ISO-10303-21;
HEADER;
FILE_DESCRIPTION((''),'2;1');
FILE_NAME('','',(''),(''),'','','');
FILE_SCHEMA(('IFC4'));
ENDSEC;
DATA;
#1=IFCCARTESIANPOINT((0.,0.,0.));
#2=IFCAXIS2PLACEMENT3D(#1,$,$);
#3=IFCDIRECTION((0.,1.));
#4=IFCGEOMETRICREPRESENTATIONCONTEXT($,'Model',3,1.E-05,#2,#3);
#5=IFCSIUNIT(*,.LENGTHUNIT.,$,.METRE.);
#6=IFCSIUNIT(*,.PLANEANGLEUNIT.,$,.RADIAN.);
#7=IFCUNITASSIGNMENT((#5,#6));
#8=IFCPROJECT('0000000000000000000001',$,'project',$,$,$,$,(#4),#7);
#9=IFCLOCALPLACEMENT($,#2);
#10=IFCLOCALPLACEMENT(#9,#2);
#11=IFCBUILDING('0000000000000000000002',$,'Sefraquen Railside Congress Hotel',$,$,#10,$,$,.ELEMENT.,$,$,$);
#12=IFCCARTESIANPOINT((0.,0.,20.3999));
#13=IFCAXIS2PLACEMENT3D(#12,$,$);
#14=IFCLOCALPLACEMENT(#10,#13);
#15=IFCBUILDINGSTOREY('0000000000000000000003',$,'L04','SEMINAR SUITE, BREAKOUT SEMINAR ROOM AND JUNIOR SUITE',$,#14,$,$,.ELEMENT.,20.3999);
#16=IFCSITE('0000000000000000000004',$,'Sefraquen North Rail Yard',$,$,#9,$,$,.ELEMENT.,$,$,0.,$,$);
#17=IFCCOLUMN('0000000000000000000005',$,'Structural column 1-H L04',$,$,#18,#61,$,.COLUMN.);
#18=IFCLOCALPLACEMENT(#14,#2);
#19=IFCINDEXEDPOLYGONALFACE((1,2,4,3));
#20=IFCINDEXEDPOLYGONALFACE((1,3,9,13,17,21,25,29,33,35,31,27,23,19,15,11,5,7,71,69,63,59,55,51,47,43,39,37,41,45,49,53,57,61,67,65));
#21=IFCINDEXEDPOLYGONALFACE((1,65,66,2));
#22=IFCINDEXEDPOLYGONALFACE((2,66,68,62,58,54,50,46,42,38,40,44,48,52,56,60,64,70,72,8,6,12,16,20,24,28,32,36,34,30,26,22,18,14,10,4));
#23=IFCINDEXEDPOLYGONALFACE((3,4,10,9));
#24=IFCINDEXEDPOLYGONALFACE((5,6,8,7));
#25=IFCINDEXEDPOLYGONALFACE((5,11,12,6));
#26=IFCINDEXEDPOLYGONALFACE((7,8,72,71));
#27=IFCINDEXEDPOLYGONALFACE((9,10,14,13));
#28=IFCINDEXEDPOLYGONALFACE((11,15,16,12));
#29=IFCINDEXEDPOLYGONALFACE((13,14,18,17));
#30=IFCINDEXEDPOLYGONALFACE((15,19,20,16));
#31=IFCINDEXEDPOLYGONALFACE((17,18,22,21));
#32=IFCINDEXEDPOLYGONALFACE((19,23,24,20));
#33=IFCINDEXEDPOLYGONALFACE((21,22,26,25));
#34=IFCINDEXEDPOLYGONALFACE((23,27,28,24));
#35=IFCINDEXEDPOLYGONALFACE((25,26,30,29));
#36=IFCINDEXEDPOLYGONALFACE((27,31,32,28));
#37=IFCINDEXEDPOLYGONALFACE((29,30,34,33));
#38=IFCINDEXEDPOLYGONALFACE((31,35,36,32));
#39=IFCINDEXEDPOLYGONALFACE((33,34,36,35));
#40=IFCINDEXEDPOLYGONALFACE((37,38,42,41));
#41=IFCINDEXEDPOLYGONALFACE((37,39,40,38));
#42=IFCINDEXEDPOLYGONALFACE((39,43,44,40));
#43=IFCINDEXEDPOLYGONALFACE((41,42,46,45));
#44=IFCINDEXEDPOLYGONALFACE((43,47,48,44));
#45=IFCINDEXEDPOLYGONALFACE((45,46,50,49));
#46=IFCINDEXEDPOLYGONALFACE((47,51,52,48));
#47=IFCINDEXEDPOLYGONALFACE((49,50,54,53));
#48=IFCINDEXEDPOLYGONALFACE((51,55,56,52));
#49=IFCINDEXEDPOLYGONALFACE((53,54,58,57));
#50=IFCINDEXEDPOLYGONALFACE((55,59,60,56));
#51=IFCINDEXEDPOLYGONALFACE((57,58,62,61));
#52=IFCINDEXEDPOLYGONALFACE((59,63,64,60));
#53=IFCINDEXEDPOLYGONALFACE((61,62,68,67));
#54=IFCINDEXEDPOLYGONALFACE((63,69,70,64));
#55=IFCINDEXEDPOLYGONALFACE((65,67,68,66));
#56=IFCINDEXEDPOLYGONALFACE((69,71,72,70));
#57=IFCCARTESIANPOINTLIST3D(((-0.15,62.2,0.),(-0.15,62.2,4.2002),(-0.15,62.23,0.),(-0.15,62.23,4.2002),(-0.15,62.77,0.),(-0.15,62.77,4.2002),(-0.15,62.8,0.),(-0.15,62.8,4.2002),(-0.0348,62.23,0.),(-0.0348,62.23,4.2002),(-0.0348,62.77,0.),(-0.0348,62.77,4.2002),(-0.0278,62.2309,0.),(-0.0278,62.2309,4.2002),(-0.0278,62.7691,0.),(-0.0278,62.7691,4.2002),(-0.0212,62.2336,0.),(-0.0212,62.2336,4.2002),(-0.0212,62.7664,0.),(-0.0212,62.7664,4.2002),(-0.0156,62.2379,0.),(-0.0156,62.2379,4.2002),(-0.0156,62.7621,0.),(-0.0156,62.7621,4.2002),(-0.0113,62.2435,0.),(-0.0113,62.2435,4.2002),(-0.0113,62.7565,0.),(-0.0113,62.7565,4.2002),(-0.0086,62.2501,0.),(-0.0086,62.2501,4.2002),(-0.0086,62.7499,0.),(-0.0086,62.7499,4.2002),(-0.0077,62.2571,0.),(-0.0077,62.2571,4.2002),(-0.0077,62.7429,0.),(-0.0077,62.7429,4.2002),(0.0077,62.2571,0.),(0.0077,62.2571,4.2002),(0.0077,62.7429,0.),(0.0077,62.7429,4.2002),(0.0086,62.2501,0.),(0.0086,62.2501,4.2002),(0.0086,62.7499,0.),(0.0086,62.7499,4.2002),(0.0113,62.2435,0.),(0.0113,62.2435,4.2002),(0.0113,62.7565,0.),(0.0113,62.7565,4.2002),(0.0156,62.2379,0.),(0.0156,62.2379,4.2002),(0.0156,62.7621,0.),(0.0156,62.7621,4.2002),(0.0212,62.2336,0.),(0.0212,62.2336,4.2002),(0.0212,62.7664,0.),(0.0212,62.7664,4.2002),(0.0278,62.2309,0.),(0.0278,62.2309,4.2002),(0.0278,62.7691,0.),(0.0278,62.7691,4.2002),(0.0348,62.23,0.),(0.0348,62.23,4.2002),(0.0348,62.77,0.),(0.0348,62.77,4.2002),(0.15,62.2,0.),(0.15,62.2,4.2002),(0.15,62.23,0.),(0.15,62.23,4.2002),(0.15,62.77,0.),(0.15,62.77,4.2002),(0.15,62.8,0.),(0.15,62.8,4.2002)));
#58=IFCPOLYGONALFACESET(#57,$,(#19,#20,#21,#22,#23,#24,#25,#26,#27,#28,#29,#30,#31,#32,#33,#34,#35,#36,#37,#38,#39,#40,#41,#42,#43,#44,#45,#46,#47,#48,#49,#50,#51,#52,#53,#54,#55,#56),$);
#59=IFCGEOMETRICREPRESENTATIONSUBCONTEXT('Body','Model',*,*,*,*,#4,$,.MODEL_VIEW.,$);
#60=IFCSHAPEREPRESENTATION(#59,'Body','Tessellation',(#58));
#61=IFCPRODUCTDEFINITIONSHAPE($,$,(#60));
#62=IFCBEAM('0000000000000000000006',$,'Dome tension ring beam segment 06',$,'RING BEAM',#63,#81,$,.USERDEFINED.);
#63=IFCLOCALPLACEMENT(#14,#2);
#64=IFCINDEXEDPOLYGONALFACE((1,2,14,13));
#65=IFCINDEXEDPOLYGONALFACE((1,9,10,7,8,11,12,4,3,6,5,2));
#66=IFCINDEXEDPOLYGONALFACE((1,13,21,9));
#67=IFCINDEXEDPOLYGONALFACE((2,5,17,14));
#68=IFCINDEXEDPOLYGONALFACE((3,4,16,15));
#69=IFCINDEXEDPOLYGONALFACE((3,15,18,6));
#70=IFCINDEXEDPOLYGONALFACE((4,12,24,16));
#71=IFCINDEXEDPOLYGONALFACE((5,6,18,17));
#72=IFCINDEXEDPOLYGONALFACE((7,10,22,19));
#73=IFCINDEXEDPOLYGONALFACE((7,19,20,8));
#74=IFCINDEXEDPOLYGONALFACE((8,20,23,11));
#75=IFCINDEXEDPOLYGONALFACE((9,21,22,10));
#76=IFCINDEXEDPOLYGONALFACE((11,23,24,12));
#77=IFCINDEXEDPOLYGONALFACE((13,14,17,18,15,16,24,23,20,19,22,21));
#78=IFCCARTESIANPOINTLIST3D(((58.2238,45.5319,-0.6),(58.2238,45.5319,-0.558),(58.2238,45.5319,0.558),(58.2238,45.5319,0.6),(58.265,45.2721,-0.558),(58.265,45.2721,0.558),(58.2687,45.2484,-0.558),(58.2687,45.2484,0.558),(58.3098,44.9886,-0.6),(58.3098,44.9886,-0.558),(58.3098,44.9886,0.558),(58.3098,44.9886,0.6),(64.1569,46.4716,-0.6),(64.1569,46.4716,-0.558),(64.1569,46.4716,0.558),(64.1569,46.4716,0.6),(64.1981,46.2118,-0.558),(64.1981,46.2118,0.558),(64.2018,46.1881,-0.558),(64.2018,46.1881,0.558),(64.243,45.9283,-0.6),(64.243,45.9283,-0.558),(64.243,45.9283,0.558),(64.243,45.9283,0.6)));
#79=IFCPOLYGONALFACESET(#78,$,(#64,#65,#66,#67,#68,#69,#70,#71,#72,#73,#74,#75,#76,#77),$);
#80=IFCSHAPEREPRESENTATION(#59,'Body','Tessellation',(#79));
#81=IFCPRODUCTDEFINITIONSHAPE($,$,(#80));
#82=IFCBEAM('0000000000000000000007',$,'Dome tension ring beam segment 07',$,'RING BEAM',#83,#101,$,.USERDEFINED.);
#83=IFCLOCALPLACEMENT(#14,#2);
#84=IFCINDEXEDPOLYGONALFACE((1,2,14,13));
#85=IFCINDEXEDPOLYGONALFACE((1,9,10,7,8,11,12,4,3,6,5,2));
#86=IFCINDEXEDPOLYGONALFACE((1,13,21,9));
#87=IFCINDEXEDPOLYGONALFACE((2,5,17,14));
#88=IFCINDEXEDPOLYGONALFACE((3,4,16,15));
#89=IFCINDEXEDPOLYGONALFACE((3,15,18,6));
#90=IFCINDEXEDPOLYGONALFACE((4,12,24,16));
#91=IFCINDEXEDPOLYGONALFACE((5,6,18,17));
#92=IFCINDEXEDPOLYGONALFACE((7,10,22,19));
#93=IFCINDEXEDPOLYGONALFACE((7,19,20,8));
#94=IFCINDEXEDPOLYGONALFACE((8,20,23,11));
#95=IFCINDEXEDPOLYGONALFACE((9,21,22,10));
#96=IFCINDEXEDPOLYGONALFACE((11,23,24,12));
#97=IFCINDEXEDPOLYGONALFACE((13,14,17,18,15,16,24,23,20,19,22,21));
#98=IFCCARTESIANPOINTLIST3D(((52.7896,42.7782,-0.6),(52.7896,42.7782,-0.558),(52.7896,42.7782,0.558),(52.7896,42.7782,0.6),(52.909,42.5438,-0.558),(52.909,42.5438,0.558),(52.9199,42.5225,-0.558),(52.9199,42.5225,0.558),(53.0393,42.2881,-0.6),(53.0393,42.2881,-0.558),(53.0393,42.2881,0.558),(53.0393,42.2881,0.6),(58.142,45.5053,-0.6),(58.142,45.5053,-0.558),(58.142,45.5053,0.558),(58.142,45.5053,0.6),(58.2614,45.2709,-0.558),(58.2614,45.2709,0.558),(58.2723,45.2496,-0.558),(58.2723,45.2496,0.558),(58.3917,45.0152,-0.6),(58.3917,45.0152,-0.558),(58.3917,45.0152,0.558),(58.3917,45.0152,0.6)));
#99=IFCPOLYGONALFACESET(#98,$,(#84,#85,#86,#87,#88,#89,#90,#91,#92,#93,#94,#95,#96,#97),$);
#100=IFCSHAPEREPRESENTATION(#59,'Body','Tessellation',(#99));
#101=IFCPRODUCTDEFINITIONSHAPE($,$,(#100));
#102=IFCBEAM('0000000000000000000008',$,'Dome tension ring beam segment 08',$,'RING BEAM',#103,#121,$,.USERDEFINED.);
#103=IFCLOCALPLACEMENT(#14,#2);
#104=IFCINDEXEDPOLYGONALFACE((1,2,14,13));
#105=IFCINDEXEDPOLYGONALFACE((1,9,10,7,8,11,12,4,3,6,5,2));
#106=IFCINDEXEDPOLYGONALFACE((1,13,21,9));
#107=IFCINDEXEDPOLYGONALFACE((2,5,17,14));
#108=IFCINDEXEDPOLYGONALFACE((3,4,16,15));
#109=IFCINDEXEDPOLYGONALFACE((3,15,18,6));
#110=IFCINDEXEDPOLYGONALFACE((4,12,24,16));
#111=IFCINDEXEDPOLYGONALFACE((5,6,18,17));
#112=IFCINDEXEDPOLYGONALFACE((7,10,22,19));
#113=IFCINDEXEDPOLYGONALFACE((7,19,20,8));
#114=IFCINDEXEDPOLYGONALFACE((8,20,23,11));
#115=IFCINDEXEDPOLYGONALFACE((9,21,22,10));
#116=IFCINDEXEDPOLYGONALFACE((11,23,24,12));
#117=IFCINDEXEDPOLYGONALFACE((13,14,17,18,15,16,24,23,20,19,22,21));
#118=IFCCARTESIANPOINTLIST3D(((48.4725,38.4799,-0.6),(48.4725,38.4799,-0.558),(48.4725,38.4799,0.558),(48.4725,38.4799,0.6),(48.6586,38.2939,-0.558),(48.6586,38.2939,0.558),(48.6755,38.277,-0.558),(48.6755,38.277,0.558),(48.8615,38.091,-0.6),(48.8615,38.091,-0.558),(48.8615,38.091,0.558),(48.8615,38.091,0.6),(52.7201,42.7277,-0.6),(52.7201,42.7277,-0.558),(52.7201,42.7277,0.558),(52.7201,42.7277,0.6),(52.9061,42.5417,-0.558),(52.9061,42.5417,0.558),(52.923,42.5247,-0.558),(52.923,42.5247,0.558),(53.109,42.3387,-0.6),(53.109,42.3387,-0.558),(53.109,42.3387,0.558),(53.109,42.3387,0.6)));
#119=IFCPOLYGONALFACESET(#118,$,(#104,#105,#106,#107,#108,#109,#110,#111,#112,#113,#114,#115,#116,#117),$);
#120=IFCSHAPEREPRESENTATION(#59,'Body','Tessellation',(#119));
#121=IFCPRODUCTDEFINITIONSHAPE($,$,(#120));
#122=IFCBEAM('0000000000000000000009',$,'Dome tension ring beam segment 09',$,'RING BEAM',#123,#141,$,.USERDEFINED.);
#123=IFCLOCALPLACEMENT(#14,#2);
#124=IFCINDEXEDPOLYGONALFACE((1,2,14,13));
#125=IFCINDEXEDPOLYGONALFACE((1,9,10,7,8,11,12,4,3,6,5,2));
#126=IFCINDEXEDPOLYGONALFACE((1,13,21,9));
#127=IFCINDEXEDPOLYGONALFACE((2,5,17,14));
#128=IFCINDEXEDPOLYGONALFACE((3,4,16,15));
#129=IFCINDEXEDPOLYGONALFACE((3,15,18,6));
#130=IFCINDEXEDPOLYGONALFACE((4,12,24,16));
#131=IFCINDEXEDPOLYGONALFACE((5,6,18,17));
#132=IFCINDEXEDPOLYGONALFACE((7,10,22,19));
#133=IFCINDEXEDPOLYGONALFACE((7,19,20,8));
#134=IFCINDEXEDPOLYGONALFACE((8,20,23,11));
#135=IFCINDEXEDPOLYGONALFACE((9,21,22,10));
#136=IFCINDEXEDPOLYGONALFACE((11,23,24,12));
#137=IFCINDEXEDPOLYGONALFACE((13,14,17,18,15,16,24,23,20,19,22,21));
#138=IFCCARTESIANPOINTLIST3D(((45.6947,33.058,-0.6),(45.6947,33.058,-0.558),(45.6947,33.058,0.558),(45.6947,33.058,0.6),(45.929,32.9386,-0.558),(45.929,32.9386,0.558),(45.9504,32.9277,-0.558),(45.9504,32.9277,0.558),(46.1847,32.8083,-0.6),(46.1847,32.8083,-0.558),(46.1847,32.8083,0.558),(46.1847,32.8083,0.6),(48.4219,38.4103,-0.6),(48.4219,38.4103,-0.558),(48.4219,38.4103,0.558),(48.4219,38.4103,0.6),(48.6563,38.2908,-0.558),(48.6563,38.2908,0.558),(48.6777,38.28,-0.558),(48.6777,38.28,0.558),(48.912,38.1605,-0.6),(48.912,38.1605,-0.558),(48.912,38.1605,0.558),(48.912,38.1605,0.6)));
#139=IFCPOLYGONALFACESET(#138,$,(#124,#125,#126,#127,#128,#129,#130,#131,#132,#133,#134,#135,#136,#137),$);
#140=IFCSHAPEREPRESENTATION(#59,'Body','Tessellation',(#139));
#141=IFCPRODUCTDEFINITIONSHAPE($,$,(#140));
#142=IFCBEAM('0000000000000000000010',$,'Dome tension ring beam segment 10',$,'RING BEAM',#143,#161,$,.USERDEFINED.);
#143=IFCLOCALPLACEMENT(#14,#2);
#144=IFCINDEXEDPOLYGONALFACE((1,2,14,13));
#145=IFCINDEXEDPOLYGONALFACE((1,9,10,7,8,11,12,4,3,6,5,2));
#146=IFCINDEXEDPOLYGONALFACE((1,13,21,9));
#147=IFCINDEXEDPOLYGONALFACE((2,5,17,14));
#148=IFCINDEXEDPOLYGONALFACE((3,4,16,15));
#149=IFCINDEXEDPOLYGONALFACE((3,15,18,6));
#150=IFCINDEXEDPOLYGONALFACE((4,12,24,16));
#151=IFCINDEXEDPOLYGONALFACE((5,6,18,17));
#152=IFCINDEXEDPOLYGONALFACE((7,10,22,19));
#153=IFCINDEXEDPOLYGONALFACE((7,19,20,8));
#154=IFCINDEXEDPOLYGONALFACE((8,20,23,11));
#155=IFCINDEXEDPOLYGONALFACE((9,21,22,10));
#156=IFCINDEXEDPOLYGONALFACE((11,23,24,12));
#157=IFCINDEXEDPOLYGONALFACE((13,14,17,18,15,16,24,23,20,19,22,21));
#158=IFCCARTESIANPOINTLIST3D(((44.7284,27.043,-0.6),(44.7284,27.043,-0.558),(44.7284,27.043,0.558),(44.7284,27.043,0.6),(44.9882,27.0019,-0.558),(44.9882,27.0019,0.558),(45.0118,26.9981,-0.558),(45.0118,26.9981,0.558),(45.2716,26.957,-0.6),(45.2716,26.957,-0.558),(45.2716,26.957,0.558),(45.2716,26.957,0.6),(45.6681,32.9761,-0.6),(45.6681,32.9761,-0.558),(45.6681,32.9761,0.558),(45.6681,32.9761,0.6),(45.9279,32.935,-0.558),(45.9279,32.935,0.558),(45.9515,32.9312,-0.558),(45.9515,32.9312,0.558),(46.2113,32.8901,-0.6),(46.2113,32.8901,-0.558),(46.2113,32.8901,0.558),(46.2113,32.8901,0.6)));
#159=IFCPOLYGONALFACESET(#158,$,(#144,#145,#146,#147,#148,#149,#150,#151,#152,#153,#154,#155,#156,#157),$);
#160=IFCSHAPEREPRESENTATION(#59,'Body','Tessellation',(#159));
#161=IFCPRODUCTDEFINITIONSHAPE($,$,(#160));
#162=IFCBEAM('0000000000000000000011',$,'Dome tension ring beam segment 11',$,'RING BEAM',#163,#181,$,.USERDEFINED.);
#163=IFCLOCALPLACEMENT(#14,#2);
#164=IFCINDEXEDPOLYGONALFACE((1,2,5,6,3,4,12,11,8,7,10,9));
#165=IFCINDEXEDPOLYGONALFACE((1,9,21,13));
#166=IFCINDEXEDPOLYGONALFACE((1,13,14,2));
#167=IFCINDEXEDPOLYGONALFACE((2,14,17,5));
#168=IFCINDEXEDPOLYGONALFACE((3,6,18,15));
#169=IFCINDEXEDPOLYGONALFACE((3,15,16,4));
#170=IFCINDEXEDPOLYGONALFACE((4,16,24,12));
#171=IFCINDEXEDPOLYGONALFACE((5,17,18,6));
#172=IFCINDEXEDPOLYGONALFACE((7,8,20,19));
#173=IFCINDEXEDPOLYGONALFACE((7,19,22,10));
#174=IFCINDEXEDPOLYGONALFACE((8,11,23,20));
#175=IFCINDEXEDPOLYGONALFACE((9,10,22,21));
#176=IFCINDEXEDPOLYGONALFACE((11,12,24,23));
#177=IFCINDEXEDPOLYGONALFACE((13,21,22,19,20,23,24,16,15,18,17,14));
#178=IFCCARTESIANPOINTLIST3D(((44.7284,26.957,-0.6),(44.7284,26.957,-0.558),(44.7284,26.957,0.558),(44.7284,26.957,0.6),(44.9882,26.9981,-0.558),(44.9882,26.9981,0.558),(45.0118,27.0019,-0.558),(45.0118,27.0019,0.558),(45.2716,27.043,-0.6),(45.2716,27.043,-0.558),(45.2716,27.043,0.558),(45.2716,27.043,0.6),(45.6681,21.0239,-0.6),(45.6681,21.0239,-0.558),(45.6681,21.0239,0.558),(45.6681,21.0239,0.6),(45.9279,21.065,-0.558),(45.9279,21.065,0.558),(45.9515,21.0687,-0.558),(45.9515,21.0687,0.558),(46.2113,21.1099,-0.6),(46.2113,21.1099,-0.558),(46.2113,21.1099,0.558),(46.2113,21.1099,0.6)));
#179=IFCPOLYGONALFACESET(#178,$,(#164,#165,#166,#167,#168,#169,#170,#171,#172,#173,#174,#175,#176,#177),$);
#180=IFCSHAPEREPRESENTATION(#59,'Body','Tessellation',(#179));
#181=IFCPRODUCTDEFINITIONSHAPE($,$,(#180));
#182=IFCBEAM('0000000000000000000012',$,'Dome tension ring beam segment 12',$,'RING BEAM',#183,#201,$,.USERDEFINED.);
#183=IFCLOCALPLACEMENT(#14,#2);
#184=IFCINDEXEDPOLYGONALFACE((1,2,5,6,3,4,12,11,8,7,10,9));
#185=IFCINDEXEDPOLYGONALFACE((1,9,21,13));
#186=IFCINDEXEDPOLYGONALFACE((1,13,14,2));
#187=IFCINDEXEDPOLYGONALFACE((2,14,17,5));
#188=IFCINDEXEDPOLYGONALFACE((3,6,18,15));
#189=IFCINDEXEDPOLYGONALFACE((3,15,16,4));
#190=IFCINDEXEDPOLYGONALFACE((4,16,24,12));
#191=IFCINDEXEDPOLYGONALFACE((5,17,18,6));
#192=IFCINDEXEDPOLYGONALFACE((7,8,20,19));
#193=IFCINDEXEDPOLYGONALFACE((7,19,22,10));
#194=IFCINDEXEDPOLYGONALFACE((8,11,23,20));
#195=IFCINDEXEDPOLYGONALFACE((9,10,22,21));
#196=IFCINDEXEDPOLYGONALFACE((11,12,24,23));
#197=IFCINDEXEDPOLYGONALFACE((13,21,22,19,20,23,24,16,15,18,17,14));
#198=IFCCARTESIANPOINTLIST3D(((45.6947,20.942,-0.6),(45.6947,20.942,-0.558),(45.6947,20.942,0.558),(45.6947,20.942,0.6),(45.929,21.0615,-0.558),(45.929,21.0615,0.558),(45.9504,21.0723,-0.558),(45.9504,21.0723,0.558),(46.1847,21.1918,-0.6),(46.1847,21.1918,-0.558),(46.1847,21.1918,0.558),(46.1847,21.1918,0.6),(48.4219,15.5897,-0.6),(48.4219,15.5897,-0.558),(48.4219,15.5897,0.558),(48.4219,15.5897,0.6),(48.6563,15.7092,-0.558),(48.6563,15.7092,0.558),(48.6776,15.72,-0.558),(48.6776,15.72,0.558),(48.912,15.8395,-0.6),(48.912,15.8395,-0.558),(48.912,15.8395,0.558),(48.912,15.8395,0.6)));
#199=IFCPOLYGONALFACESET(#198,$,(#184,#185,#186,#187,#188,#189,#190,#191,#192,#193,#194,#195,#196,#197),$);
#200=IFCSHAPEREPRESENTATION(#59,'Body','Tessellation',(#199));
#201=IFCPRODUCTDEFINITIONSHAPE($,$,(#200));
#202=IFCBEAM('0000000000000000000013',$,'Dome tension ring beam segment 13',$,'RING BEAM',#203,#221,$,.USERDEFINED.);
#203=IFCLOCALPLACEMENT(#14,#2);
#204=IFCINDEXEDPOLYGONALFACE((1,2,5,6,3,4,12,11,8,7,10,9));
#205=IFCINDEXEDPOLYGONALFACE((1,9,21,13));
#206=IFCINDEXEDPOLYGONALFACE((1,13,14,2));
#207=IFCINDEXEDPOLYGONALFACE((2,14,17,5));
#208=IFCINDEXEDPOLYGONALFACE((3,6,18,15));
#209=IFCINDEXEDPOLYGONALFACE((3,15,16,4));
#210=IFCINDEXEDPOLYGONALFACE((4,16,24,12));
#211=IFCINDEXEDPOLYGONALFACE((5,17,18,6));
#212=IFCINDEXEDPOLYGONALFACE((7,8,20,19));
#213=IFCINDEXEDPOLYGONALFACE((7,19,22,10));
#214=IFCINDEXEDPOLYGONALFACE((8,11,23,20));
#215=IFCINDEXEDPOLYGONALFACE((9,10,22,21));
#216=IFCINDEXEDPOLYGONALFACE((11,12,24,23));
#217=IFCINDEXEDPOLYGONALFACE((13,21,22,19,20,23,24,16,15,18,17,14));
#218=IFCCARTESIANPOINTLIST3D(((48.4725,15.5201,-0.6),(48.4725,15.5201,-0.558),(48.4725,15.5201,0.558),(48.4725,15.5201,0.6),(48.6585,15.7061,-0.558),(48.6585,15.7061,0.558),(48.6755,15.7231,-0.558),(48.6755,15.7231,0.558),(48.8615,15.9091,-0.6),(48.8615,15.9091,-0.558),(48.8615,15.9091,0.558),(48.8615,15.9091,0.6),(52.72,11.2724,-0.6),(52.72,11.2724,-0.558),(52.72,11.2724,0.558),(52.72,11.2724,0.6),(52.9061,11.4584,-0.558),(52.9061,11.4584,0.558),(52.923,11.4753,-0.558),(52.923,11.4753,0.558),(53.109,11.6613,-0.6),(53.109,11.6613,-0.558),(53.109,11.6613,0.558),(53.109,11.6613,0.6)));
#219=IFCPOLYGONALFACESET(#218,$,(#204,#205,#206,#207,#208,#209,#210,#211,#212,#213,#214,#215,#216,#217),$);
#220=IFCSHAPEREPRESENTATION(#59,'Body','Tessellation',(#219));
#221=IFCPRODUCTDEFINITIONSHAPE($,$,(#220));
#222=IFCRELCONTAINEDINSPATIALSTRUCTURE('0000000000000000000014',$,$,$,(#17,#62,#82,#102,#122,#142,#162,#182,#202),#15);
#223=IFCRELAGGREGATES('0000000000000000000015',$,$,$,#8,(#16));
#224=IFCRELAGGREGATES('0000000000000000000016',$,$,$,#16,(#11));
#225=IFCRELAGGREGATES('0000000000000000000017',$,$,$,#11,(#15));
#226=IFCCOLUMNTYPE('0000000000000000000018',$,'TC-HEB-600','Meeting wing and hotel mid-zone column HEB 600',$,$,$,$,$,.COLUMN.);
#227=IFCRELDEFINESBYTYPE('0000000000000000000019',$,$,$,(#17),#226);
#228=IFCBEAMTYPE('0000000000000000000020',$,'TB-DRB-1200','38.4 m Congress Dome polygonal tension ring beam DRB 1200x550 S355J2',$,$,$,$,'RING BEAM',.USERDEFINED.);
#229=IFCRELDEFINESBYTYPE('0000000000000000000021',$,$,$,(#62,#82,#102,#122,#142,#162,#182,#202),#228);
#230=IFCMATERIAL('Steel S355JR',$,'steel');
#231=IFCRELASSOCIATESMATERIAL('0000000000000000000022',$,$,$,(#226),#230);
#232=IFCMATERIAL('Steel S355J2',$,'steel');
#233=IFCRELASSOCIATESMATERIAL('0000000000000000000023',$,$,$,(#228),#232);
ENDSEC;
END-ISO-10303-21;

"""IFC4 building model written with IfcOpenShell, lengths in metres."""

from ifc_helpers import new_model, si_unit, direction, frame, origin, origin_2d, place, context, subcontext, project, spatial, i_section, extrude, material, material_profile, profile_set, type_object, element, save


model = new_model("IFC4")

# Units and contexts
model_context = context("Model", 3, precision=1e-05, world=origin(), true_north=direction((0.0, 1.0)))
body_context = subcontext(model_context, "Body", "Model", "MODEL_VIEW")
ifc_project = project(units=[si_unit("LENGTHUNIT", "METRE"), si_unit("PLANEANGLEUNIT", "RADIAN")], contexts=[model_context])

# Site, building, storey
site_placement = place(None, origin())
site = spatial("IfcSite", under=ifc_project, at=site_placement, Name="Sefraquen North Rail Yard", CompositionType="ELEMENT", RefElevation=0.0)
building_placement = place(site_placement, origin())
building = spatial("IfcBuilding", under=site, at=building_placement, Name="Sefraquen Railside Congress Hotel", CompositionType="ELEMENT")
storey_placement = place(building_placement, frame((0.0, 0.0, 20.3999)))
storey = spatial("IfcBuildingStorey", under=building, at=storey_placement, Name="L04", Description="SEMINAR SUITE, BREAKOUT SEMINAR ROOM AND JUNIOR SUITE", CompositionType="ELEMENT", Elevation=20.3999)

# Column
ifc_material_1 = material(Name="Steel S355JR", Category="steel")
ifc_material_profile_1 = material_profile(ifc_material_1, i_section(OverallWidth=0.3, OverallDepth=0.6001, WebThickness=0.0154, FlangeThickness=0.03, FilletRadius=0.0271, at=origin_2d()), Name="HEB 600")
ifc_profile_set_1 = profile_set([ifc_material_profile_1], Name="Steel S355JR")
column_type = type_object("IfcColumnType", Name="TC-HEB-600", Description="Meeting wing and hotel mid-zone column HEB 600", PredefinedType="COLUMN", material=ifc_profile_set_1)
column_placement = place(storey_placement, frame((0.0, 62.5, 0.0), z_axis=(0.0, 0.0, 1.0), x_axis=(1.0, 0.0, 0.0)))
element("IfcColumn", 1, at=column_placement, inside=storey, type_object=column_type, Name="Structural column 1-H L04", PredefinedType="COLUMN", context=body_context, shape_type="SweptSolid", body=[
    extrude(i_section(OverallWidth=0.3, OverallDepth=0.6001, WebThickness=0.0154, FlangeThickness=0.03, FilletRadius=0.0271, at=origin_2d()), origin(), (0.0, 0.0, 1.0), 4.2002),
])

# Beams
ifc_material_2 = material(Name="Steel S355J2", Category="steel")
ifc_material_profile_2 = material_profile(ifc_material_2, i_section(OverallWidth=0.55, OverallDepth=1.2, WebThickness=0.0239, FlangeThickness=0.042, at=origin_2d()), Name="DRB 1200x550")
ifc_profile_set_2 = profile_set([ifc_material_profile_2], Name="Steel S355J2")
beam_type = type_object("IfcBeamType", Name="TB-DRB-1200", Description="38.4 m Congress Dome polygonal tension ring beam DRB 1200x550 S355J2", ElementType="RING BEAM", PredefinedType="USERDEFINED", material=ifc_profile_set_2)
for number, where, z_axis, x_axis, name in (
    (2, (64.2, 46.2, 0.0), (-0.987689, -0.156432, 0.0), (0.156432, -0.987689, 0.0), "Dome tension ring beam segment 06"),
    (3, (58.2668, 45.2603, 0.0), (-0.891012, -0.45398, 0.0), (0.45398, -0.891012, 0.0), "Dome tension ring beam segment 07"),
    (4, (52.9146, 42.5332, 0.0), (-0.707086, -0.707127, 0.0), (0.707127, -0.707086, 0.0), "Dome tension ring beam segment 08"),
    (5, (48.667, 38.2854, 0.0), (-0.454012, -0.890995, 0.0), (0.890995, -0.454012, 0.0), "Dome tension ring beam segment 09"),
    (6, (45.9397, 32.9331, 0.0), (-0.156432, -0.987689, 0.0), (0.987689, -0.156432, 0.0), "Dome tension ring beam segment 10"),
    (7, (45.0, 27.0, 0.0), (0.156432, -0.987689, 0.0), (0.987689, 0.156432, 0.0), "Dome tension ring beam segment 11"),
    (8, (45.9397, 21.0669, 0.0), (0.454012, -0.890995, 0.0), (0.890995, 0.454012, 0.0), "Dome tension ring beam segment 12"),
    (9, (48.667, 15.7146, 0.0), (0.707086, -0.707127, 0.0), (0.707127, 0.707086, 0.0), "Dome tension ring beam segment 13"),
):
    element("IfcBeam", number, at=place(storey_placement, frame(where, z_axis=z_axis, x_axis=x_axis)), inside=storey, type_object=beam_type, Name=name, ObjectType="RING BEAM", PredefinedType="USERDEFINED", context=body_context, shape_type="SweptSolid", body=[
        extrude(i_section(OverallWidth=0.55, OverallDepth=1.2, WebThickness=0.0239, FlangeThickness=0.042, at=origin_2d()), origin(), (0.0, 0.0, 1.0), 6.0071),
    ])

save(model, "model.ifc")
